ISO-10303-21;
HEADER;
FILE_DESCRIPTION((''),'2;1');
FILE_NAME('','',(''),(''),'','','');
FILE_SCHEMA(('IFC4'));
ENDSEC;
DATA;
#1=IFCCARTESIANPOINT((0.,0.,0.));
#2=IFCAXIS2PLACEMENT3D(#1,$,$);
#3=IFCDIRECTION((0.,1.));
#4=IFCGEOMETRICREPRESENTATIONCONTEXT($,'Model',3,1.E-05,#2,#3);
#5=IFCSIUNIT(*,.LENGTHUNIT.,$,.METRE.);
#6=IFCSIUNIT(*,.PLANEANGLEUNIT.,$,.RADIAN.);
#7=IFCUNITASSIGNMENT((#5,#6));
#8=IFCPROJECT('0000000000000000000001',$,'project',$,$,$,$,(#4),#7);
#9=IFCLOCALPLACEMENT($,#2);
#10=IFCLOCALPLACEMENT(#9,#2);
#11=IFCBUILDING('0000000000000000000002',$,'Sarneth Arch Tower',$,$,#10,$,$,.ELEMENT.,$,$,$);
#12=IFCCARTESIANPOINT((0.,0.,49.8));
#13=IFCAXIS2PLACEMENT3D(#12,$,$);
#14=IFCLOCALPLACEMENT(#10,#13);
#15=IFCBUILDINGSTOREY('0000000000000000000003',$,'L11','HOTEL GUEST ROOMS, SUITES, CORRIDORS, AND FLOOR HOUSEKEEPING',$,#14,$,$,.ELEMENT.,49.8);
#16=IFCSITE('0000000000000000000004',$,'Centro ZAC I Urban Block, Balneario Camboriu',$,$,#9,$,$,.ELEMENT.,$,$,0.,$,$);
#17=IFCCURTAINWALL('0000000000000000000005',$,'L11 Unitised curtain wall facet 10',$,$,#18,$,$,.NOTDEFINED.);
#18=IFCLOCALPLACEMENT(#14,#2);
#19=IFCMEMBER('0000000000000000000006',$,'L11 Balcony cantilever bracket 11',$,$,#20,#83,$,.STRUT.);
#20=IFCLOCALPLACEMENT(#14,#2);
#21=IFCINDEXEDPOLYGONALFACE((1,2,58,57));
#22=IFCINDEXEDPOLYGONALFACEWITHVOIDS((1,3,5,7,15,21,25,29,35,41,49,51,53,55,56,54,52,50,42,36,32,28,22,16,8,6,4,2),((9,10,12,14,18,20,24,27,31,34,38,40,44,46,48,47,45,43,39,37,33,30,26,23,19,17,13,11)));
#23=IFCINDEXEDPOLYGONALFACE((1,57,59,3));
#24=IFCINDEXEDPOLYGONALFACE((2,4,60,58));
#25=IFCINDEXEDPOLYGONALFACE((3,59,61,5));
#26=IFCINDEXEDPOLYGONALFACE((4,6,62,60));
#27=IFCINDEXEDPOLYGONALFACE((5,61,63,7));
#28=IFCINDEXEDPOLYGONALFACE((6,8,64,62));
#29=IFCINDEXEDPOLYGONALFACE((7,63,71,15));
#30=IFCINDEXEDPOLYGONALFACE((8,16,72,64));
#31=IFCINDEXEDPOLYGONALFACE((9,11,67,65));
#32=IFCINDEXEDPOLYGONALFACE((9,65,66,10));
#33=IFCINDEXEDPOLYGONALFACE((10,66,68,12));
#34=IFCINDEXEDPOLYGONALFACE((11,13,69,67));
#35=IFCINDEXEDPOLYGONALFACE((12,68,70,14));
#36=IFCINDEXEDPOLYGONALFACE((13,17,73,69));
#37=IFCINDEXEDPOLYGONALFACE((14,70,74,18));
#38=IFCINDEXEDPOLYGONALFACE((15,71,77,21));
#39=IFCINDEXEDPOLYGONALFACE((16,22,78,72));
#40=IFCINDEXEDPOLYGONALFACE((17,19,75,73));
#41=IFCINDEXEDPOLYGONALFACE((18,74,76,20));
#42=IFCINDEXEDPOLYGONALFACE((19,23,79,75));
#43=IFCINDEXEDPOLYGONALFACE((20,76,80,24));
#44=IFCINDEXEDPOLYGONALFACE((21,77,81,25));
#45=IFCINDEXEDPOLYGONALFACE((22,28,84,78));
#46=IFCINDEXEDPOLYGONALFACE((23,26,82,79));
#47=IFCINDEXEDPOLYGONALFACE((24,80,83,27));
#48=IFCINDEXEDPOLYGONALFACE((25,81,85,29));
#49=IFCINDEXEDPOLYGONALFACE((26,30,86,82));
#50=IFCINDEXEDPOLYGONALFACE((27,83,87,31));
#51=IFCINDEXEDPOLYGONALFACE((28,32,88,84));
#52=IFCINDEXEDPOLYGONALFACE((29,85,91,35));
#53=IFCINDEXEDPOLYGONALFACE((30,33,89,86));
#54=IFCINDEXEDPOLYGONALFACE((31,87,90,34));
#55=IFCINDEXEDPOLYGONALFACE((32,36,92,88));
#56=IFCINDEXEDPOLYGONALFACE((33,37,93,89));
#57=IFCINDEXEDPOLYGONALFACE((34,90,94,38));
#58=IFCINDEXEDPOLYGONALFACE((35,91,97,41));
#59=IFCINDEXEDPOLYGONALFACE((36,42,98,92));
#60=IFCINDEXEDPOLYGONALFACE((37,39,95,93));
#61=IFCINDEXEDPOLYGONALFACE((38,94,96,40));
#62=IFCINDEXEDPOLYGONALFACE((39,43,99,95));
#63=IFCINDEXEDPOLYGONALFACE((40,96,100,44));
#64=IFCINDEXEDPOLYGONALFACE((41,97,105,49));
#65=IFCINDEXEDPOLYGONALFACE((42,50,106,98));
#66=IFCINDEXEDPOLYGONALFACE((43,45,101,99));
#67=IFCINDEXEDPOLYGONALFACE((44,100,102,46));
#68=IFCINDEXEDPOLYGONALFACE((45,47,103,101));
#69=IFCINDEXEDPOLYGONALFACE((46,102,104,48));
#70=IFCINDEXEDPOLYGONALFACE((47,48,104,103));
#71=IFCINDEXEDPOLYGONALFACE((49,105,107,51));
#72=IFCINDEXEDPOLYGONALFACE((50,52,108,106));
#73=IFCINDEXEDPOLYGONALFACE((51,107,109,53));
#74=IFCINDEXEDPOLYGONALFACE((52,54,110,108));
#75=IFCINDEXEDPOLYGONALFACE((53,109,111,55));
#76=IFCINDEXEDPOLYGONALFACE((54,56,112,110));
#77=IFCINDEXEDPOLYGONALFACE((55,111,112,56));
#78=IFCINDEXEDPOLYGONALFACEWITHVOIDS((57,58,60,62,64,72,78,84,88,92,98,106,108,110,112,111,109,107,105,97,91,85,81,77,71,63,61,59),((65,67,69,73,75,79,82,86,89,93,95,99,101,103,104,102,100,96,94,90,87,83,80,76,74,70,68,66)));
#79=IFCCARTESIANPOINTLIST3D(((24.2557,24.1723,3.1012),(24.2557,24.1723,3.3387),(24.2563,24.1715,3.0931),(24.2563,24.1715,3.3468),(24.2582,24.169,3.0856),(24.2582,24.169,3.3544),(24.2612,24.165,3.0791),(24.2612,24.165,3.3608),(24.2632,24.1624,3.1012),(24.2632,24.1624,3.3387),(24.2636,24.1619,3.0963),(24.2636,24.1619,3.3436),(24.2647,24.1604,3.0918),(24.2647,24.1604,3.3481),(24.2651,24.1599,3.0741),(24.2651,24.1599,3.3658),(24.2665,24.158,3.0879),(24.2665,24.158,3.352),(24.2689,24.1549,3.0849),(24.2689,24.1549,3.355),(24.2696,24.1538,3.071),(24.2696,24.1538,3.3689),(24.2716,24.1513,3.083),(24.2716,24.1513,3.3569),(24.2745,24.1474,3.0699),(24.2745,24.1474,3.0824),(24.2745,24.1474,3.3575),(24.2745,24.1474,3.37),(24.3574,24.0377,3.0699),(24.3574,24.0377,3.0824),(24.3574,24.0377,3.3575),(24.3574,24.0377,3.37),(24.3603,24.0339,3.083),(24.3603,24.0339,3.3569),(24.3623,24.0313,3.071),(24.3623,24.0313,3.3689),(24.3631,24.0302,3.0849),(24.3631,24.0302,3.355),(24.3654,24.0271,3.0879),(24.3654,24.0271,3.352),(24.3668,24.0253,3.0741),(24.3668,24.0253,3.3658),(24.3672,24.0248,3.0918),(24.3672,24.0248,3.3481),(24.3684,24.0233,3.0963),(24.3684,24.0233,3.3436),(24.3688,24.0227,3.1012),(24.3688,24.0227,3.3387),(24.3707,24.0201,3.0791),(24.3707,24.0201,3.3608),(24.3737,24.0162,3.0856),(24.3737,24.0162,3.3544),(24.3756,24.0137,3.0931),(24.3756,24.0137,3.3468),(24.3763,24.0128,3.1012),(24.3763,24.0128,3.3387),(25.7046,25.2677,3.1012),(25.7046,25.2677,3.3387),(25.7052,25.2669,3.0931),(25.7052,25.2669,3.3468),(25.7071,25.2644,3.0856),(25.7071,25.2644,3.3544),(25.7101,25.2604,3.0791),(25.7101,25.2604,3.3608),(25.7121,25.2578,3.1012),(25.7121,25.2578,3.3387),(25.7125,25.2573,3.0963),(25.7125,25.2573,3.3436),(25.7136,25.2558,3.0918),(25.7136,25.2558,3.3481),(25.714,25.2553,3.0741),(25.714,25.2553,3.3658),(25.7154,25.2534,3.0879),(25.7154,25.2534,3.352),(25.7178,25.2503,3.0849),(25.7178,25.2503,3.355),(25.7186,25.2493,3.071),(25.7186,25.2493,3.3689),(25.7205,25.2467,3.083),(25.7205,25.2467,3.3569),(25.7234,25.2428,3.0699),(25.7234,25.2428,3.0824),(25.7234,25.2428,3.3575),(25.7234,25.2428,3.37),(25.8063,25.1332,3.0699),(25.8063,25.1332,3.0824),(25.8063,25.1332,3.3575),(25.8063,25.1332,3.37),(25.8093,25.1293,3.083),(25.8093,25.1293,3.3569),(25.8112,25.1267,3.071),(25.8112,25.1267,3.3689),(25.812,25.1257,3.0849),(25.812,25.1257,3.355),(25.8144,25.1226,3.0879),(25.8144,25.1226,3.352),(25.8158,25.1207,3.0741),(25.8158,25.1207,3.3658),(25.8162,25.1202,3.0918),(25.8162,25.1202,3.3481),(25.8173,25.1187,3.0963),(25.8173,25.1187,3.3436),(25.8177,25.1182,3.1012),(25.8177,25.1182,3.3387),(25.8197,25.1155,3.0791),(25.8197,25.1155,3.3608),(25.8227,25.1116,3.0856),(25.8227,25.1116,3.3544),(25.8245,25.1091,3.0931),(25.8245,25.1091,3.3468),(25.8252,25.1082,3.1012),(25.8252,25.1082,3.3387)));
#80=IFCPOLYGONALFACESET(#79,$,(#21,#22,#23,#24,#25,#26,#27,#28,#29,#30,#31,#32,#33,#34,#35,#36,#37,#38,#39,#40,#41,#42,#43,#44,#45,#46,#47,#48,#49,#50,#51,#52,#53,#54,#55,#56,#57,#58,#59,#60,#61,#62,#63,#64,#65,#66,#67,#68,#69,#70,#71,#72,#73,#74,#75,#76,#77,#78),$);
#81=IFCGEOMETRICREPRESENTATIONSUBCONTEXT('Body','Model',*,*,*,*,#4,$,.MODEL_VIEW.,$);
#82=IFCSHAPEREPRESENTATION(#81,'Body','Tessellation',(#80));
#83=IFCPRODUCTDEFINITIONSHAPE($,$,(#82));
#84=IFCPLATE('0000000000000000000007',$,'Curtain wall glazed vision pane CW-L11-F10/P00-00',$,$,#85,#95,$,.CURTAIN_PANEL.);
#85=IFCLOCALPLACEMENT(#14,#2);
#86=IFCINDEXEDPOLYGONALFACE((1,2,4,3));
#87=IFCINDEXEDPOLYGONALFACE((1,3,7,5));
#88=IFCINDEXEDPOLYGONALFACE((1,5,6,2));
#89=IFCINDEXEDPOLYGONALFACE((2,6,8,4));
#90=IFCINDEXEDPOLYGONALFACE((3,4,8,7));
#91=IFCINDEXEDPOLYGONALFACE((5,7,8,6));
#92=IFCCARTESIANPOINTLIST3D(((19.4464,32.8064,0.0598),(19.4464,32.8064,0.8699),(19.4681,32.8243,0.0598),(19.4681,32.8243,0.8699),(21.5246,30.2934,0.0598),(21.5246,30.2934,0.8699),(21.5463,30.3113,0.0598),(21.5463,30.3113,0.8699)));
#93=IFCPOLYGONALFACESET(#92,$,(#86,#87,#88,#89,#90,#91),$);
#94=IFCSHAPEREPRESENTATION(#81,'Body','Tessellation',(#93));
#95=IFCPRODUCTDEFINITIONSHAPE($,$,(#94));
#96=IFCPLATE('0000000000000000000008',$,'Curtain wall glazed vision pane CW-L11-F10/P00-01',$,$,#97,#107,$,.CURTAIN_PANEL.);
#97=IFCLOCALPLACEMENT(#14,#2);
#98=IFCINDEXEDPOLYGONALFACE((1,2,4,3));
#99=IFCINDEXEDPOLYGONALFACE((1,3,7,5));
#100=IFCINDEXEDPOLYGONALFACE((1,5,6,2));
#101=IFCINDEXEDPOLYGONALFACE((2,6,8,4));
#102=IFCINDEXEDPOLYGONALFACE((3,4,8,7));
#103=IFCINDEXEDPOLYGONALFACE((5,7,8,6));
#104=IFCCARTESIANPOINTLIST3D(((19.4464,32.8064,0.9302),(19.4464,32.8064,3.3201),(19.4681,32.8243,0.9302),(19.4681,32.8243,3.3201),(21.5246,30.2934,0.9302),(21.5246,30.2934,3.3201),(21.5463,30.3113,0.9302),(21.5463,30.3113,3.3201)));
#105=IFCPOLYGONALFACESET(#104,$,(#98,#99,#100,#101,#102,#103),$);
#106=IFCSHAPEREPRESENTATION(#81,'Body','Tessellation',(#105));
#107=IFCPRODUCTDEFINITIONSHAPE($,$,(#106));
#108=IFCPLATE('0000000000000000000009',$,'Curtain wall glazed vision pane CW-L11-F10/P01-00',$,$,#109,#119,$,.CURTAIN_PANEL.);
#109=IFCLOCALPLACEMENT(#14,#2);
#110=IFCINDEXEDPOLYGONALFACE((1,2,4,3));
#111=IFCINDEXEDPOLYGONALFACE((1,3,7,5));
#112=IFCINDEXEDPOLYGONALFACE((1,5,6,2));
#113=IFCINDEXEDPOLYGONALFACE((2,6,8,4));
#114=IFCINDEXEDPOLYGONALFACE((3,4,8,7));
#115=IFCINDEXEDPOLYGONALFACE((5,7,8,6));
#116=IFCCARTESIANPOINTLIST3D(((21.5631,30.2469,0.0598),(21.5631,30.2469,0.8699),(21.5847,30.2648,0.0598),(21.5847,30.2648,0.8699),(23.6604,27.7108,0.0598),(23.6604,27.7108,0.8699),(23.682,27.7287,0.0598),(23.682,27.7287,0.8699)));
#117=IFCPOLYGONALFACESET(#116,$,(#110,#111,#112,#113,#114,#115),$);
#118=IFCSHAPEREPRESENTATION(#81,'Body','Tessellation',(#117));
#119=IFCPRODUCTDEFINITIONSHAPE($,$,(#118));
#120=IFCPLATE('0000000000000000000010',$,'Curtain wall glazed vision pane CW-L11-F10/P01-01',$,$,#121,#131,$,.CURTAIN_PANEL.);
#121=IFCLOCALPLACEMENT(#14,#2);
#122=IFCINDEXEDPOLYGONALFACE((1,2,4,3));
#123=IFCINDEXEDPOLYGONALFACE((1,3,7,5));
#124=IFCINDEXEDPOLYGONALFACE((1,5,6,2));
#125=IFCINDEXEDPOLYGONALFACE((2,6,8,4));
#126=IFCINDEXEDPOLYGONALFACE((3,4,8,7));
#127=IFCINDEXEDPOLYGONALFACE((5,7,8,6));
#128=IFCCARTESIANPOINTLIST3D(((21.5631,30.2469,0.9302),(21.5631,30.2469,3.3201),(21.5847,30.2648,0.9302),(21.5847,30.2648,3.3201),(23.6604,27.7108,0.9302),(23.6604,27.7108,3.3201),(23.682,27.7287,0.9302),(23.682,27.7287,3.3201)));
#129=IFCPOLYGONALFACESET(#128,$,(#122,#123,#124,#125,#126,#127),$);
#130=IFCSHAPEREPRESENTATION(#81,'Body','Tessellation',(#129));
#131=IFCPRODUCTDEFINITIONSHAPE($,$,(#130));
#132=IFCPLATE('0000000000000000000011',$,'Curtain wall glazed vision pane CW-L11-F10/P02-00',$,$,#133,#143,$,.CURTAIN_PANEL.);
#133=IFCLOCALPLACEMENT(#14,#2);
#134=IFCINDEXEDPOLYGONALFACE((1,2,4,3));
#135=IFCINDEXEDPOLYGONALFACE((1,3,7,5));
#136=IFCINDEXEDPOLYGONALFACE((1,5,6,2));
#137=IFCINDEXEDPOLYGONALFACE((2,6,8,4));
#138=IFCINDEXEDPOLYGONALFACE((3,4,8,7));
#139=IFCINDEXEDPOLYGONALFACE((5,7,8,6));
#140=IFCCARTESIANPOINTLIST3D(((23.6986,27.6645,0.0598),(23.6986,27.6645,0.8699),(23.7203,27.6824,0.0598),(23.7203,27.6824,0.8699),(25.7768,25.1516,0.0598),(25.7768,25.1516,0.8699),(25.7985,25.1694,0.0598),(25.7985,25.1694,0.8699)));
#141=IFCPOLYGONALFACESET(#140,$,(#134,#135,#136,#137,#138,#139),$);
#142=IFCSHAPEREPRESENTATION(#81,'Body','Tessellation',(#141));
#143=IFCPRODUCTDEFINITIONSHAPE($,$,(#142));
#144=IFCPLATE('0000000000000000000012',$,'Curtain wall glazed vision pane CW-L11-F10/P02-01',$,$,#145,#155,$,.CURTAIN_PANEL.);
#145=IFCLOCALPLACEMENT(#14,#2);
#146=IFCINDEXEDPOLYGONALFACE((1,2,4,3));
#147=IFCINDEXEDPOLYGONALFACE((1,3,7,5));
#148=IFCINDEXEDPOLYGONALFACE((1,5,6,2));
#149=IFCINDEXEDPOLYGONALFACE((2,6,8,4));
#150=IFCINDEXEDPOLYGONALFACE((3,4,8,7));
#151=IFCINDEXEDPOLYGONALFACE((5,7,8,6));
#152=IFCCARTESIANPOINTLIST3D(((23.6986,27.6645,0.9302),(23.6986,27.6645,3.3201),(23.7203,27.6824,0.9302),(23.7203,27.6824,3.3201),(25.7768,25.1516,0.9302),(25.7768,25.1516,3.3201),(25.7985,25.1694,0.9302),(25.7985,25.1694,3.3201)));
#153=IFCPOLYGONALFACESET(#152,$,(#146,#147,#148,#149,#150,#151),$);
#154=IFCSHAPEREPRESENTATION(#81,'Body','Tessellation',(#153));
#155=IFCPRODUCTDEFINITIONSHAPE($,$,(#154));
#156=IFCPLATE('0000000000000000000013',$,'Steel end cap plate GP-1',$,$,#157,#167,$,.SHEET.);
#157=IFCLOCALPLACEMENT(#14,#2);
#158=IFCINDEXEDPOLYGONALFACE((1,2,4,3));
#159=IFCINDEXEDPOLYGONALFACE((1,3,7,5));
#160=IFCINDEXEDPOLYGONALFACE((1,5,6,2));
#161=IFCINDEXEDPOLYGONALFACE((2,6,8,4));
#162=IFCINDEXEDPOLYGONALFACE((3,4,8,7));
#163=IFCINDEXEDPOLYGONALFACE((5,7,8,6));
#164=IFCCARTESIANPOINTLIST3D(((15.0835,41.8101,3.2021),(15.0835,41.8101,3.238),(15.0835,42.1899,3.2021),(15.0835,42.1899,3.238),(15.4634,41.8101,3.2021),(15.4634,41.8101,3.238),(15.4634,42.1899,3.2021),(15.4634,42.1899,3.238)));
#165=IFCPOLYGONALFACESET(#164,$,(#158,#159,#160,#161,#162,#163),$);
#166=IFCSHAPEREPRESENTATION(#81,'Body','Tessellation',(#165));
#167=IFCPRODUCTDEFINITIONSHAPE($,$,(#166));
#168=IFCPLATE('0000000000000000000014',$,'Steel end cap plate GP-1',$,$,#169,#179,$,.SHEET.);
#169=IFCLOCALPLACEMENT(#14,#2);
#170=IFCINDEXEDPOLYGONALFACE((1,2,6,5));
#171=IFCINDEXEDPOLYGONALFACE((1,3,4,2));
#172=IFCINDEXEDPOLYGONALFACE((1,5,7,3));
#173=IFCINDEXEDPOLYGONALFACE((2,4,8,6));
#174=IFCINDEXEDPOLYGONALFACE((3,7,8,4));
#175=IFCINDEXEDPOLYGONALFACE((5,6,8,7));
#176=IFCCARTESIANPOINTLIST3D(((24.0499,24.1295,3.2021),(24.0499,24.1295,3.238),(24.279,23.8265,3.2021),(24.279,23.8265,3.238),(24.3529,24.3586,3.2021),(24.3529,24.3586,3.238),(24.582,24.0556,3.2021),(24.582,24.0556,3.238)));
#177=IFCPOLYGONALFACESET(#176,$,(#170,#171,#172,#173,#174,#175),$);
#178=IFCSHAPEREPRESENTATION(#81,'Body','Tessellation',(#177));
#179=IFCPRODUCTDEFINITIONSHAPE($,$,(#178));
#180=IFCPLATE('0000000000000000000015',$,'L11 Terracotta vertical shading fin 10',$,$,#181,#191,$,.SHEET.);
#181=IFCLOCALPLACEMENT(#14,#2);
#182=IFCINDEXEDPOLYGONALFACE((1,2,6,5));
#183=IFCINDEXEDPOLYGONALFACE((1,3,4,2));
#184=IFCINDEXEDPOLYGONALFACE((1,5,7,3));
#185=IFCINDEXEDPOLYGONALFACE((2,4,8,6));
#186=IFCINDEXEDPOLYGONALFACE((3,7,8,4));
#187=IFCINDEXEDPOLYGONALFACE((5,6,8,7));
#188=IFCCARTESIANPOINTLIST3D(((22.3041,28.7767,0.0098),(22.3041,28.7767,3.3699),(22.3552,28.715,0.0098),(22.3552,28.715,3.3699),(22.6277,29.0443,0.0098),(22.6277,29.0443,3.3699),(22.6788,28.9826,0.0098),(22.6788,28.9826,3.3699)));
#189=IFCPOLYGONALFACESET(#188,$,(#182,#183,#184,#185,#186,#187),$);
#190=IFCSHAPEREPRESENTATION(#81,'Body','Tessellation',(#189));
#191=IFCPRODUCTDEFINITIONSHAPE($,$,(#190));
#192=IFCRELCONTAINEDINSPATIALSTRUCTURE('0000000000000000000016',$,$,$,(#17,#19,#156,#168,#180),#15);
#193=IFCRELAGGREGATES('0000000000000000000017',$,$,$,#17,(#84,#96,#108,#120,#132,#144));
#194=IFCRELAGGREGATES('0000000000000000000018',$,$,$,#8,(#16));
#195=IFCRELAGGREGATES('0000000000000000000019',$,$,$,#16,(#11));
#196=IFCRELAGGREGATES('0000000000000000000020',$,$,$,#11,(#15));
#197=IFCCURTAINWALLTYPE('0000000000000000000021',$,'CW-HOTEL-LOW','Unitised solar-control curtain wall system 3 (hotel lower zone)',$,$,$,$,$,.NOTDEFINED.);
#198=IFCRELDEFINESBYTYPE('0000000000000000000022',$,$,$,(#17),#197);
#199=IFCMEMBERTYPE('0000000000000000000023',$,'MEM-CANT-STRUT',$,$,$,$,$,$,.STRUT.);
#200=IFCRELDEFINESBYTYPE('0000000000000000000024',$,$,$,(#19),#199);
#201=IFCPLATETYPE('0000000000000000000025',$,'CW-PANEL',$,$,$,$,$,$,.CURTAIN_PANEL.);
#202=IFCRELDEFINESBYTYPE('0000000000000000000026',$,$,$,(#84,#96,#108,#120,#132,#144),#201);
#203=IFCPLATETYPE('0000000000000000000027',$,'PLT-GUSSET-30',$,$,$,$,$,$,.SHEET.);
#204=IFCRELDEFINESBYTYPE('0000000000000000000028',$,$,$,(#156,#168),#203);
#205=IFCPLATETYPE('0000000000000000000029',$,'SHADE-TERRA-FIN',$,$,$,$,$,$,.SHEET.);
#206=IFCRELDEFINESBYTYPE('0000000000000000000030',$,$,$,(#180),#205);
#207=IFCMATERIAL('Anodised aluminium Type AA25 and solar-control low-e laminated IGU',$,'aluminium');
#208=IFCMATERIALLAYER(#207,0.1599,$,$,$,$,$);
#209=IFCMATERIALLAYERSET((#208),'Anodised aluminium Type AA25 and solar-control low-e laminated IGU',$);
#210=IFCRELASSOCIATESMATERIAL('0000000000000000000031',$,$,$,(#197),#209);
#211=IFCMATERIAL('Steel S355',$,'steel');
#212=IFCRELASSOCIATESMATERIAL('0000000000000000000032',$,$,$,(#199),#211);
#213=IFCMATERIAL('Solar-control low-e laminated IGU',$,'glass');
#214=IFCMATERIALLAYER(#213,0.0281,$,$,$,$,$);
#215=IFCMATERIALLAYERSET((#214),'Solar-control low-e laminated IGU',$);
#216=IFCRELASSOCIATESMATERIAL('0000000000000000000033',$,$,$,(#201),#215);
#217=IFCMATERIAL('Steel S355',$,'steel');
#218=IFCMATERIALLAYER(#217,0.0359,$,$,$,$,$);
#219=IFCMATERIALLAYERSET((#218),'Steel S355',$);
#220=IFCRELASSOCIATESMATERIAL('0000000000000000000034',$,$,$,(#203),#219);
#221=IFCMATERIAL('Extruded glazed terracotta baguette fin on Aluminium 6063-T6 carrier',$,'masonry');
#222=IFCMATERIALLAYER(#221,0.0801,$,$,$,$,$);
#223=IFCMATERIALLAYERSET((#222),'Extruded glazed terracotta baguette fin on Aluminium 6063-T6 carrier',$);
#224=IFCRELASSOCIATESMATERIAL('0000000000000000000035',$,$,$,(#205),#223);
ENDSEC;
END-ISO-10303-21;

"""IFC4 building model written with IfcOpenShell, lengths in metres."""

from ifc_helpers import new_model, si_unit, direction, frame, origin, origin_2d, place, context, subcontext, project, spatial, rectangle, hollow_rectangle, extrude, material, layer, layer_set, material_profile, profile_set, type_object, element, aggregate, save


model = new_model("IFC4")

# Units and contexts
model_context = context("Model", 3, precision=1e-05, world=origin(), true_north=direction((0.0, 1.0)))
body_context = subcontext(model_context, "Body", "Model", "MODEL_VIEW")
ifc_project = project(units=[si_unit("LENGTHUNIT", "METRE"), si_unit("PLANEANGLEUNIT", "RADIAN")], contexts=[model_context])

# Site, building, storey
site_placement = place(None, origin())
site = spatial("IfcSite", under=ifc_project, at=site_placement, Name="Centro ZAC I Urban Block, Balneario Camboriu", CompositionType="ELEMENT", RefElevation=0.0)
building_placement = place(site_placement, origin())
building = spatial("IfcBuilding", under=site, at=building_placement, Name="Sarneth Arch Tower", CompositionType="ELEMENT")
storey_placement = place(building_placement, frame((0.0, 0.0, 49.8)))
storey = spatial("IfcBuildingStorey", under=building, at=storey_placement, Name="L11", Description="HOTEL GUEST ROOMS, SUITES, CORRIDORS, AND FLOOR HOUSEKEEPING", CompositionType="ELEMENT", Elevation=49.8)

# Curtain wall
ifc_material_1 = material(Name="Anodised aluminium Type AA25 and solar-control low-e laminated IGU", Category="aluminium")
ifc_layer_1 = layer(ifc_material_1, 0.1599)
ifc_layer_set_1 = layer_set([ifc_layer_1], Name="Anodised aluminium Type AA25 and solar-control low-e laminated IGU")
curtain_wall_type = type_object("IfcCurtainWallType", Name="CW-HOTEL-LOW", Description="Unitised solar-control curtain wall system 3 (hotel lower zone)", PredefinedType="NOTDEFINED", material=ifc_layer_set_1)
curtain_wall_placement = place(storey_placement, origin())
curtain_wall = element("IfcCurtainWall", 1, at=curtain_wall_placement, inside=storey, type_object=curtain_wall_type, Name="L11 Unitised curtain wall facet 10", PredefinedType="NOTDEFINED")

# Member
ifc_material_2 = material(Name="Steel S355", Category="steel")
ifc_material_profile_1 = material_profile(ifc_material_2, hollow_rectangle(XDim=0.2, YDim=0.3, WallThickness=0.0125, InnerFilletRadius=0.0188, OuterFilletRadius=0.0312, at=origin_2d()), Name="RHS300x200x12.5")
ifc_profile_set_1 = profile_set([ifc_material_profile_1], Name="Steel S355")
member_type_1 = type_object("IfcMemberType", Name="MEM-CANT-STRUT", PredefinedType="STRUT", material=ifc_profile_set_1)
member_1_placement = place(storey_placement, frame((25.7649, 25.188, 3.22), z_axis=(-0.797688, -0.603071, 0.0), x_axis=(0.603071, -0.797688, 0.0)))
element("IfcMember", 2, at=member_1_placement, inside=storey, type_object=member_type_1, Name="L11 Balcony cantilever bracket 11", PredefinedType="STRUT", context=body_context, shape_type="SweptSolid", body=[
    extrude(hollow_rectangle(XDim=0.2, YDim=0.3, WallThickness=0.0125, InnerFilletRadius=0.0188, OuterFilletRadius=0.0312, at=origin_2d()), origin(), (0.0, 0.0, 1.0), 1.8164),
])

# Plates
ifc_material_3 = material(Name="Solar-control low-e laminated IGU", Category="glass")
ifc_layer_2 = layer(ifc_material_3, 0.0281)
ifc_layer_set_2 = layer_set([ifc_layer_2], Name="Solar-control low-e laminated IGU")
plate_type_1 = type_object("IfcPlateType", Name="CW-PANEL", PredefinedType="CURTAIN_PANEL", material=ifc_layer_set_2)
plate_1_placement = place(storey_placement, frame((20.4963, 31.5588, 0.0598), z_axis=(0.0, 0.0, 1.0), x_axis=(0.637291, -0.770623, 0.0)))
plate_1 = element("IfcPlate", 3, at=plate_1_placement, type_object=plate_type_1, Name="Curtain wall glazed vision pane CW-L11-F10/P00-00", PredefinedType="CURTAIN_PANEL", context=body_context, shape_type="SweptSolid", body=[
    extrude(rectangle(XDim=3.261, YDim=0.0281, at=origin_2d()), origin(), (0.0, 0.0, 1.0), 0.8101),
])
plate_2_placement = place(storey_placement, frame((20.4963, 31.5588, 0.9302), z_axis=(0.0, 0.0, 1.0), x_axis=(0.637291, -0.770623, 0.0)))
plate_2 = element("IfcPlate", 4, at=plate_2_placement, type_object=plate_type_1, Name="Curtain wall glazed vision pane CW-L11-F10/P00-01", PredefinedType="CURTAIN_PANEL", context=body_context, shape_type="SweptSolid", body=[
    extrude(rectangle(XDim=3.261, YDim=0.0281, at=origin_2d()), origin(), (0.0, 0.0, 1.0), 2.3899),
])
plate_3_placement = place(storey_placement, frame((22.6226, 28.9878, 0.0598), z_axis=(0.0, 0.0, 1.0), x_axis=(0.637291, -0.770623, 0.0)))
plate_3 = element("IfcPlate", 5, at=plate_3_placement, type_object=plate_type_1, Name="Curtain wall glazed vision pane CW-L11-F10/P01-00", PredefinedType="CURTAIN_PANEL", context=body_context, shape_type="SweptSolid", body=[
    extrude(rectangle(XDim=3.291, YDim=0.0281, at=origin_2d()), origin(), (0.0, 0.0, 1.0), 0.8101),
])
plate_4_placement = place(storey_placement, frame((22.6226, 28.9878, 0.9302), z_axis=(0.0, 0.0, 1.0), x_axis=(0.637291, -0.770623, 0.0)))
plate_4 = element("IfcPlate", 6, at=plate_4_placement, type_object=plate_type_1, Name="Curtain wall glazed vision pane CW-L11-F10/P01-01", PredefinedType="CURTAIN_PANEL", context=body_context, shape_type="SweptSolid", body=[
    extrude(rectangle(XDim=3.291, YDim=0.0281, at=origin_2d()), origin(), (0.0, 0.0, 1.0), 2.3899),
])
plate_5_placement = place(storey_placement, frame((24.7485, 26.417, 0.0598), z_axis=(0.0, 0.0, 1.0), x_axis=(0.637291, -0.770623, 0.0)))
plate_5 = element("IfcPlate", 7, at=plate_5_placement, type_object=plate_type_1, Name="Curtain wall glazed vision pane CW-L11-F10/P02-00", PredefinedType="CURTAIN_PANEL", context=body_context, shape_type="SweptSolid", body=[
    extrude(rectangle(XDim=3.261, YDim=0.0281, at=origin_2d()), origin(), (0.0, 0.0, 1.0), 0.8101),
])
plate_6_placement = place(storey_placement, frame((24.7485, 26.417, 0.9302), z_axis=(0.0, 0.0, 1.0), x_axis=(0.637291, -0.770623, 0.0)))
plate_6 = element("IfcPlate", 8, at=plate_6_placement, type_object=plate_type_1, Name="Curtain wall glazed vision pane CW-L11-F10/P02-01", PredefinedType="CURTAIN_PANEL", context=body_context, shape_type="SweptSolid", body=[
    extrude(rectangle(XDim=3.261, YDim=0.0281, at=origin_2d()), origin(), (0.0, 0.0, 1.0), 2.3899),
])
aggregate(curtain_wall, [plate_1, plate_2, plate_3, plate_4, plate_5, plate_6])

# Plates
ifc_material_4 = material(Name="Steel S355", Category="steel")
ifc_layer_3 = layer(ifc_material_4, 0.0359)
ifc_layer_set_3 = layer_set([ifc_layer_3], Name="Steel S355")
plate_type_2 = type_object("IfcPlateType", Name="PLT-GUSSET-30", PredefinedType="SHEET", material=ifc_layer_set_3)
for number, where, z_axis, x_axis, name in (
    (9, (15.2734, 42.0, 3.2021), (0.0, 0.0, 1.0), (-1.0, 0.0, 0.0), "Steel end cap plate GP-1"),
    (10, (24.3159, 24.0925, 3.2021), (0.0, 0.0, 1.0), (-0.797689, -0.603069, 0.0), "Steel end cap plate GP-1"),
):
    element("IfcPlate", number, at=place(storey_placement, frame(where, z_axis=z_axis, x_axis=x_axis)), inside=storey, type_object=plate_type_2, Name=name, PredefinedType="SHEET", context=body_context, shape_type="SweptSolid", body=[
        extrude(rectangle(XDim=0.3799, YDim=0.3799, at=origin_2d()), origin(), (0.0, 0.0, 1.0), 0.0359),
    ])
ifc_material_5 = material(Name="Extruded glazed terracotta baguette fin on Aluminium 6063-T6 carrier", Category="masonry")
ifc_layer_4 = layer(ifc_material_5, 0.0801)
ifc_layer_set_4 = layer_set([ifc_layer_4], Name="Extruded glazed terracotta baguette fin on Aluminium 6063-T6 carrier")
plate_type_3 = type_object("IfcPlateType", Name="SHADE-TERRA-FIN", PredefinedType="SHEET", material=ifc_layer_set_4)
plate_7_placement = place(storey_placement, frame((22.4915, 28.8796, 0.0098), z_axis=(0.0, 0.0, 1.0), x_axis=(-0.770624, -0.63729, 0.0)))
element("IfcPlate", 11, at=plate_7_placement, inside=storey, type_object=plate_type_3, Name="L11 Terracotta vertical shading fin 10", PredefinedType="SHEET", context=body_context, shape_type="SweptSolid", body=[
    extrude(rectangle(XDim=0.4199, YDim=0.0801, at=origin_2d()), origin(), (0.0, 0.0, 1.0), 3.3601),
])

save(model, "model.ifc")
